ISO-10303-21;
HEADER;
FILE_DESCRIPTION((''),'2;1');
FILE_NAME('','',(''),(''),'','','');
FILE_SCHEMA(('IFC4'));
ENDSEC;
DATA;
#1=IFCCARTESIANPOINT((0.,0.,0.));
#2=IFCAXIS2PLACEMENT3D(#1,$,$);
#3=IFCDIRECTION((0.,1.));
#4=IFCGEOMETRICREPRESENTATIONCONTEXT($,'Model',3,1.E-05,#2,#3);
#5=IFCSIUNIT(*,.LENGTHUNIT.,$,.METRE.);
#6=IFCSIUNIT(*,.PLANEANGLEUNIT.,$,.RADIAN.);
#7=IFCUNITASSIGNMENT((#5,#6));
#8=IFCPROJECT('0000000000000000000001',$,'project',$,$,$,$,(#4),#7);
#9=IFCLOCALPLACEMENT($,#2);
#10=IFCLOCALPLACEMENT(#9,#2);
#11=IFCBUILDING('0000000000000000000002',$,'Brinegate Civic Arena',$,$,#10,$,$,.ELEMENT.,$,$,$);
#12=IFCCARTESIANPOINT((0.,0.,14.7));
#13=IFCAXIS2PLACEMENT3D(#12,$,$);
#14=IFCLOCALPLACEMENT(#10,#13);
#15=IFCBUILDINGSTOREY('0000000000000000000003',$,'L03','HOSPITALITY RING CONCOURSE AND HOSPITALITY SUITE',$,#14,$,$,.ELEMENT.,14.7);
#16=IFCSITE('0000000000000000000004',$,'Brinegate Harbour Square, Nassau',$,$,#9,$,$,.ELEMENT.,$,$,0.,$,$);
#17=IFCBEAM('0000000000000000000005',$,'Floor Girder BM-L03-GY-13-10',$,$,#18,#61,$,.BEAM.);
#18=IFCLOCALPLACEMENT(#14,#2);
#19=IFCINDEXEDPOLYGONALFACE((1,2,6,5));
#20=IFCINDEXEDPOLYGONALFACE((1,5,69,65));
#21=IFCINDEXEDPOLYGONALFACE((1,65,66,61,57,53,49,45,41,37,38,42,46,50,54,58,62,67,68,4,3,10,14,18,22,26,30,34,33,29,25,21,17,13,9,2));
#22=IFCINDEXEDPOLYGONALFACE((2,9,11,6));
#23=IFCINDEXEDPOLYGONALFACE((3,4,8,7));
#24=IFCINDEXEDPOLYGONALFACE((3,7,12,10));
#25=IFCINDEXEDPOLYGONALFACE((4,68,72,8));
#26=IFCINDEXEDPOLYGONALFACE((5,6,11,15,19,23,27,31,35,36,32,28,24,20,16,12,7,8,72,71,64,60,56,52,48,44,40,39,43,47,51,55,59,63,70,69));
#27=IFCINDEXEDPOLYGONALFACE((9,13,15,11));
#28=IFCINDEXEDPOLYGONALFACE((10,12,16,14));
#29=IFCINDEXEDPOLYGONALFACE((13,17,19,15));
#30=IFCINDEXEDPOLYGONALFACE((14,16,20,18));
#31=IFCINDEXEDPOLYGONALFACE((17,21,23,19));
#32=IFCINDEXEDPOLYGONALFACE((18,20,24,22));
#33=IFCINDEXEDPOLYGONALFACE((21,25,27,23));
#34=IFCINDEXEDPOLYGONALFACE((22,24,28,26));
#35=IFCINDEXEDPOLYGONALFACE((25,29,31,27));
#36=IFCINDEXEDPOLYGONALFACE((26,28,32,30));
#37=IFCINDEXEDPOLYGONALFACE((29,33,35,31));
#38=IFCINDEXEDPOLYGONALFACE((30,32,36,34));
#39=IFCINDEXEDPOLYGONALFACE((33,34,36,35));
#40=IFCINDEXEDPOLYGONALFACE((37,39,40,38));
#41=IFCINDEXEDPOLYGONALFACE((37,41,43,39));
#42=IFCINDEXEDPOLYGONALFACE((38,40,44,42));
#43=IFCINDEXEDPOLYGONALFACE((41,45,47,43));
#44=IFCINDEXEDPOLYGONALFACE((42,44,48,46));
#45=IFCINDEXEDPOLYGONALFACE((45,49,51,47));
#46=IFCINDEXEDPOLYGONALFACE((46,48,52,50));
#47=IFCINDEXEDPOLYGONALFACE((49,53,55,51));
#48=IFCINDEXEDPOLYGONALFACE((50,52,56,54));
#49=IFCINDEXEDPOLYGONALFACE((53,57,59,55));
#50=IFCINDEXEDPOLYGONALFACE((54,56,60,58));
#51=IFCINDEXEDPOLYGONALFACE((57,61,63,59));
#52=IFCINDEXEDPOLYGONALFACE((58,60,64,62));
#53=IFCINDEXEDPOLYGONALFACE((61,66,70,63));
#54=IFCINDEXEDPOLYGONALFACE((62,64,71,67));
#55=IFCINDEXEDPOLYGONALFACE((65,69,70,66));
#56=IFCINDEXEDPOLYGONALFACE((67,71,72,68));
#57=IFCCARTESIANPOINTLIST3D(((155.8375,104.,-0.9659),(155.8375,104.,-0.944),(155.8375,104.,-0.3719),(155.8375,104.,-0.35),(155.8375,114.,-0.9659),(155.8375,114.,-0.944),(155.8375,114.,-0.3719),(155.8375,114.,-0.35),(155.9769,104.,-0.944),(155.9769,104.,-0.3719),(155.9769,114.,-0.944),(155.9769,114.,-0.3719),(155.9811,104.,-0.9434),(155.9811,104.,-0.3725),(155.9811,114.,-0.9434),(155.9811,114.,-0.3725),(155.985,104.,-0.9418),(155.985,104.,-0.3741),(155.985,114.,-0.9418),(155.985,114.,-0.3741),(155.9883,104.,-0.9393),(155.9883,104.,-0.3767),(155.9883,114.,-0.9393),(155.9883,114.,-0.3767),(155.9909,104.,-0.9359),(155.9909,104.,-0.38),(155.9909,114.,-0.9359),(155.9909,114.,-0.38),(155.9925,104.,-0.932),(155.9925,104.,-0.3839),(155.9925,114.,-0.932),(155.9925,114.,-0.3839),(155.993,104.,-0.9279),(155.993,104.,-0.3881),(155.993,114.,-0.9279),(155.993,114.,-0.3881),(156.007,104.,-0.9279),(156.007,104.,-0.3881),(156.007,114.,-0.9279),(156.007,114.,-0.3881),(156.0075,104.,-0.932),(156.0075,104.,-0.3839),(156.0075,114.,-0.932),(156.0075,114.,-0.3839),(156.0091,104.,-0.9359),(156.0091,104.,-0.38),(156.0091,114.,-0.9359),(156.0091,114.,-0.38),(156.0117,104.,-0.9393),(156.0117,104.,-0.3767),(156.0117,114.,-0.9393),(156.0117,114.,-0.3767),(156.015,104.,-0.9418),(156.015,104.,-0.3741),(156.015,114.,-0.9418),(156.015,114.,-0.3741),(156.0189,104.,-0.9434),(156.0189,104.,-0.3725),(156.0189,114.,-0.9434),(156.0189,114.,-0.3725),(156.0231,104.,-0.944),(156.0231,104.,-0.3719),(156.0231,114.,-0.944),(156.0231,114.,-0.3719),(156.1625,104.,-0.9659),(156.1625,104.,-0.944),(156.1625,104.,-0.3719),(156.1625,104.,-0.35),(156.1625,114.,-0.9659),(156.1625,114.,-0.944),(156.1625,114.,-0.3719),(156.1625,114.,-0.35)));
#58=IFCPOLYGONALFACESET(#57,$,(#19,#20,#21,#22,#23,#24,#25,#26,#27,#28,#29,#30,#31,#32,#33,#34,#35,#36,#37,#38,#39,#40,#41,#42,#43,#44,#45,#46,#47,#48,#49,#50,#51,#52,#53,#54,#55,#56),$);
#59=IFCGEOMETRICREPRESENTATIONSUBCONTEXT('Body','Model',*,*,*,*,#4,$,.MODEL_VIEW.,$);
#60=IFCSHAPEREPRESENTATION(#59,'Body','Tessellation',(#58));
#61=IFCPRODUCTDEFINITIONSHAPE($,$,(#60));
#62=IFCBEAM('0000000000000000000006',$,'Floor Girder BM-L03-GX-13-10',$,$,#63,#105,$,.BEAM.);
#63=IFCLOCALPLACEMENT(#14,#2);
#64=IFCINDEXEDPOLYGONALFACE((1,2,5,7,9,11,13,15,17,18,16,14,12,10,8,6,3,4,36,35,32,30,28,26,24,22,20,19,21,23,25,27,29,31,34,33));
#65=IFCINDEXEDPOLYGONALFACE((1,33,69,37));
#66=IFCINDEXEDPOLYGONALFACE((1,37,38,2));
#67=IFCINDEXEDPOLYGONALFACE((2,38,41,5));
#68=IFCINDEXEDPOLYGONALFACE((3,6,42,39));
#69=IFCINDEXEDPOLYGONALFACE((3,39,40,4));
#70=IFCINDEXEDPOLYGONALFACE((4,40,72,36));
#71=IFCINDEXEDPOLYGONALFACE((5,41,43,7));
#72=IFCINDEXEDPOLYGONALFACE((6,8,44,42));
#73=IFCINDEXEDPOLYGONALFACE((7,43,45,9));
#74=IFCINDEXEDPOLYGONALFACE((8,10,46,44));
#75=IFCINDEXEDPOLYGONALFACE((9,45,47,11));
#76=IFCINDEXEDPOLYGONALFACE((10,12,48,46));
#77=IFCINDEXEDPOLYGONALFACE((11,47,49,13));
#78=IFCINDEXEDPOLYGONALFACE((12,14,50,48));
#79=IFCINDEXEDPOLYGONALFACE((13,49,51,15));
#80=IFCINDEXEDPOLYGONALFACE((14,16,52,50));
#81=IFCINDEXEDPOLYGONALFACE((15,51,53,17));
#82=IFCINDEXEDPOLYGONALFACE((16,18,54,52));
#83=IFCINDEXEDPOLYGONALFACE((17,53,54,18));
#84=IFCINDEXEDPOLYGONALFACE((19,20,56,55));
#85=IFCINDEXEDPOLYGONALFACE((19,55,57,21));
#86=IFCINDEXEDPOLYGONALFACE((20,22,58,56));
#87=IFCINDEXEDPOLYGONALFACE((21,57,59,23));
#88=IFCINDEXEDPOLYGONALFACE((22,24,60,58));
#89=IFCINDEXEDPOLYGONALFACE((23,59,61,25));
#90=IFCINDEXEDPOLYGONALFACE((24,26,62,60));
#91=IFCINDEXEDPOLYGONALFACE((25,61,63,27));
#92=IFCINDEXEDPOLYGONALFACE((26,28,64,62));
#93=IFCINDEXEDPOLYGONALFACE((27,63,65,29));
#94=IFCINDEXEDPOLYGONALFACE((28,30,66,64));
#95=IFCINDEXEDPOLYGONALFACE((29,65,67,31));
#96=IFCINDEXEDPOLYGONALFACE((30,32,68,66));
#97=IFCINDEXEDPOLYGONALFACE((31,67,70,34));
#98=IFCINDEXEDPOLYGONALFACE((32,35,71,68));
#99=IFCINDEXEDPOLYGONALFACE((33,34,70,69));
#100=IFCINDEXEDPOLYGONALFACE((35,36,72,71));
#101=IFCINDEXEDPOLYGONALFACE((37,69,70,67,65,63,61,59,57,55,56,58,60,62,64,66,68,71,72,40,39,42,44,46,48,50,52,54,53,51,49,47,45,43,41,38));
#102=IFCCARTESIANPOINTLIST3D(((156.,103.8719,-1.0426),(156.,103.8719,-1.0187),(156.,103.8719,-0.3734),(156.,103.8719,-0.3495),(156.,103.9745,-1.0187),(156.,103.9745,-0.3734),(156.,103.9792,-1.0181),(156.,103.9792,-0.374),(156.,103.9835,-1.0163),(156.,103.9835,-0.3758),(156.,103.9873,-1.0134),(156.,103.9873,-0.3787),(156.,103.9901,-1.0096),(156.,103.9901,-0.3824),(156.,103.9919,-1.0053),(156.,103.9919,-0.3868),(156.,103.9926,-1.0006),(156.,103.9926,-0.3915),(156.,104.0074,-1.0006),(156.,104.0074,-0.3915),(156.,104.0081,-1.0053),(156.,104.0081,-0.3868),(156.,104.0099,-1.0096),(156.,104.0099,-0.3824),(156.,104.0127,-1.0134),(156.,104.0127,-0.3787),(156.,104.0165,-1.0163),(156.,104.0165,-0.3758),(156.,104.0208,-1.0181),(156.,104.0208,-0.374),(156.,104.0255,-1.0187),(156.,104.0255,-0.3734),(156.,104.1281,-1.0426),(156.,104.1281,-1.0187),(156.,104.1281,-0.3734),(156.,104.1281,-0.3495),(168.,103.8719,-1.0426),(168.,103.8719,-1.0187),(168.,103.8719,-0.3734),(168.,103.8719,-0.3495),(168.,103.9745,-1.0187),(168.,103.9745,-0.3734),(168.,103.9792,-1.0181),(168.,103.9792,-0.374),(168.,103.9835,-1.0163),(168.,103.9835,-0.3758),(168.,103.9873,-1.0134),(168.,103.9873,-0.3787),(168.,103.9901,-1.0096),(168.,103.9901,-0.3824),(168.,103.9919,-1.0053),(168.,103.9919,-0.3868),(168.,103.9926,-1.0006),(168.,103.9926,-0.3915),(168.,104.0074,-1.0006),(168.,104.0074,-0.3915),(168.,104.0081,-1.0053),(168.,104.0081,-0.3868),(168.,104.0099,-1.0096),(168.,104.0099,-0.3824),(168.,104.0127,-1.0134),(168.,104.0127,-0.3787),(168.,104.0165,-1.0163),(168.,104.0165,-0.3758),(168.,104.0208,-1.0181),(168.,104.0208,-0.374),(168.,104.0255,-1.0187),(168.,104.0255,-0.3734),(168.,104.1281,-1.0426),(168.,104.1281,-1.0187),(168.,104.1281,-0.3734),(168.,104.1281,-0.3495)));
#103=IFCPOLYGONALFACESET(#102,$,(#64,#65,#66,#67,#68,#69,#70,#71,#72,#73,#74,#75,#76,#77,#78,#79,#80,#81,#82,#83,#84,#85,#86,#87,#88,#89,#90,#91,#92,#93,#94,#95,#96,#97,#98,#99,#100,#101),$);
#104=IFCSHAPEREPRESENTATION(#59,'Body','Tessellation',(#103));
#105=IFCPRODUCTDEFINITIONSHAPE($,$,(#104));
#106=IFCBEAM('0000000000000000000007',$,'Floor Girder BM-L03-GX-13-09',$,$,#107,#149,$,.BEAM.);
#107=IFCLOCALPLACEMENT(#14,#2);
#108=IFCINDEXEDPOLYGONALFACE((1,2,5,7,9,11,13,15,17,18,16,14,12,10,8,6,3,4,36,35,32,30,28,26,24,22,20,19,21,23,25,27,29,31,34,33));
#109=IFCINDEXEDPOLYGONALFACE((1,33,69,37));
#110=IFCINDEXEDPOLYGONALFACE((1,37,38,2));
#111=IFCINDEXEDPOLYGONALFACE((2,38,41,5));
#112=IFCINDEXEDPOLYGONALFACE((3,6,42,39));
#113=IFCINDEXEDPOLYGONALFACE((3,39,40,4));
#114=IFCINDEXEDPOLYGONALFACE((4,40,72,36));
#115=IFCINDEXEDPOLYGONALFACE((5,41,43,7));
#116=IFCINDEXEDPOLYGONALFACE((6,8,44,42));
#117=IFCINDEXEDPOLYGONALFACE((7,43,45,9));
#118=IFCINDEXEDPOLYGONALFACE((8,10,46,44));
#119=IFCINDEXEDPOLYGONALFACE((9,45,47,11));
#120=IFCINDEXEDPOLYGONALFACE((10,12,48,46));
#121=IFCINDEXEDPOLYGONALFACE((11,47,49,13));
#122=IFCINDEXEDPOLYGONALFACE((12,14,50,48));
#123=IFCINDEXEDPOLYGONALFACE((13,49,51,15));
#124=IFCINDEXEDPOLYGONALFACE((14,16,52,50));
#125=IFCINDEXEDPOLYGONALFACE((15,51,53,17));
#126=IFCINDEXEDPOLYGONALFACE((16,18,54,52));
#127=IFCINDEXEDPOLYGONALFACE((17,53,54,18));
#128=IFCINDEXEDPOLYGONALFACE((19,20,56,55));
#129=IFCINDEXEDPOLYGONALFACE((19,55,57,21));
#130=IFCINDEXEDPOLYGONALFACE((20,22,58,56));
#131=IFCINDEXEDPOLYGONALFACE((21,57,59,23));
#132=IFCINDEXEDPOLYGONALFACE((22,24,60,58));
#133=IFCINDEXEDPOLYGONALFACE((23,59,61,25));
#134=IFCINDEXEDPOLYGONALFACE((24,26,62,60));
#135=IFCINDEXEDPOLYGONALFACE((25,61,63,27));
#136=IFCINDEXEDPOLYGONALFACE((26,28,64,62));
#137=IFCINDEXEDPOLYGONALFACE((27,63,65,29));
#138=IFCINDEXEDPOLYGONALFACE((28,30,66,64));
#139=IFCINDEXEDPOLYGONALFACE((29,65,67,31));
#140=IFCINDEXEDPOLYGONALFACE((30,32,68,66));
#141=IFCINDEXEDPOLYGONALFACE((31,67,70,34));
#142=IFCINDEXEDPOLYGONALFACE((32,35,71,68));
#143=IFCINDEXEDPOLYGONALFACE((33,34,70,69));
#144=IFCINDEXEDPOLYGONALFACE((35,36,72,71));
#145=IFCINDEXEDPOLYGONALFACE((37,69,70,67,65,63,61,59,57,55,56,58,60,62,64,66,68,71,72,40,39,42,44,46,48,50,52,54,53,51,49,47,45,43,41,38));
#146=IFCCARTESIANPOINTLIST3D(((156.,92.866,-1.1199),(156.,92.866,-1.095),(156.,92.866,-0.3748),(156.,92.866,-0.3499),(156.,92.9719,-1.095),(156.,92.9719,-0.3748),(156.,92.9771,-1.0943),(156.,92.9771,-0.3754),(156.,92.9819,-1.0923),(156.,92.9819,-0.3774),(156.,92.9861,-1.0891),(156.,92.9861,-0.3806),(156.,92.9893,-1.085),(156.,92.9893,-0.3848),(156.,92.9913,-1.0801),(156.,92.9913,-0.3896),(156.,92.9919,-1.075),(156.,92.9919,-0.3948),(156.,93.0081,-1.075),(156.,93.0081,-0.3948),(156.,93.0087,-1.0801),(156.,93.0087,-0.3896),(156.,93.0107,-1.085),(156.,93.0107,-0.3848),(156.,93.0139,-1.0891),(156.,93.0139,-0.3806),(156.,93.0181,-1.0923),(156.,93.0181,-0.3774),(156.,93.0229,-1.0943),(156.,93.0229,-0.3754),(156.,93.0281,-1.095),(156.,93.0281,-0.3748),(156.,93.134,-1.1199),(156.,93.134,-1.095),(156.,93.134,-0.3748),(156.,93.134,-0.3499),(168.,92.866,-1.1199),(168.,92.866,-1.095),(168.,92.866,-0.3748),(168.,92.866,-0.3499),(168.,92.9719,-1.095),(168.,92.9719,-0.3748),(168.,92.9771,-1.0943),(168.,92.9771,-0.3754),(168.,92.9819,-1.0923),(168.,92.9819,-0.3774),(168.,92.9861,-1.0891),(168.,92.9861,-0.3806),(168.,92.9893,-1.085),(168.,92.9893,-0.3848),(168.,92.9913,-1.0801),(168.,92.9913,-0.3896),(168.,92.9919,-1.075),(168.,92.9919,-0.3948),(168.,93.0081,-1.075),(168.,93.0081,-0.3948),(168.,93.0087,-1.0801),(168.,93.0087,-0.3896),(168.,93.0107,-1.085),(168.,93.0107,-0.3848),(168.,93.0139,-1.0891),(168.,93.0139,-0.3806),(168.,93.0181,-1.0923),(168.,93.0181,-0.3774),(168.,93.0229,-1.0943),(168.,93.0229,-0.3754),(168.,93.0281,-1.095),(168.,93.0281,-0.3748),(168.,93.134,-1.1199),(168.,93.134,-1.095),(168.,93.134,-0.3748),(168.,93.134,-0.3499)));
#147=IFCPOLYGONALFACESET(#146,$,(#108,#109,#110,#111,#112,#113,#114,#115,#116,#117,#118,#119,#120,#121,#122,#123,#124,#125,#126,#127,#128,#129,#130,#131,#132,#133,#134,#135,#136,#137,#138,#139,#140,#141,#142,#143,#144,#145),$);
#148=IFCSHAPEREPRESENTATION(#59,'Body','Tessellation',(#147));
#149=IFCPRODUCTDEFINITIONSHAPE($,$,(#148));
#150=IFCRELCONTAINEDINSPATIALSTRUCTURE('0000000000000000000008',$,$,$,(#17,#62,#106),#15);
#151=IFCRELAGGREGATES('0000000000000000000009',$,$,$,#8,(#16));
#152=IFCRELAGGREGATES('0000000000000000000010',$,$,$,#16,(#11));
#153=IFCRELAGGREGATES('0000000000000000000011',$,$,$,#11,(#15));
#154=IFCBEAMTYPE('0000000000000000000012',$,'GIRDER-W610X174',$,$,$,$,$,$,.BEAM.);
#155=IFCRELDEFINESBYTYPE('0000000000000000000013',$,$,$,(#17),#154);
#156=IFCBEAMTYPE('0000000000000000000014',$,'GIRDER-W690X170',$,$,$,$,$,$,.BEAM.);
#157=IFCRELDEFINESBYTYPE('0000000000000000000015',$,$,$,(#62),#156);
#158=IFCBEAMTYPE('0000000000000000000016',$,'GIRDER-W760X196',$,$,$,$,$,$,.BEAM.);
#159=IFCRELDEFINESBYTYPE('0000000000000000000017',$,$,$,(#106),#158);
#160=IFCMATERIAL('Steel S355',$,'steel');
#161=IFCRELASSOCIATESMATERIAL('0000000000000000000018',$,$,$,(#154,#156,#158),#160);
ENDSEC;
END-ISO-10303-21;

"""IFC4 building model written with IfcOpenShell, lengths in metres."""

from ifc_helpers import new_model, si_unit, direction, frame, origin, origin_2d, place, context, subcontext, project, spatial, i_section, extrude, material, material_profile, profile_set, type_object, element, save


model = new_model("IFC4")

# Units and contexts
model_context = context("Model", 3, precision=1e-05, world=origin(), true_north=direction((0.0, 1.0)))
body_context = subcontext(model_context, "Body", "Model", "MODEL_VIEW")
ifc_project = project(units=[si_unit("LENGTHUNIT", "METRE"), si_unit("PLANEANGLEUNIT", "RADIAN")], contexts=[model_context])

# Site, building, storey
site_placement = place(None, origin())
site = spatial("IfcSite", under=ifc_project, at=site_placement, Name="Brinegate Harbour Square, Nassau", CompositionType="ELEMENT", RefElevation=0.0)
building_placement = place(site_placement, origin())
building = spatial("IfcBuilding", under=site, at=building_placement, Name="Brinegate Civic Arena", CompositionType="ELEMENT")
storey_placement = place(building_placement, frame((0.0, 0.0, 14.7)))
storey = spatial("IfcBuildingStorey", under=building, at=storey_placement, Name="L03", Description="HOSPITALITY RING CONCOURSE AND HOSPITALITY SUITE", CompositionType="ELEMENT", Elevation=14.7)

# Beams
ifc_material_1 = material(Name="Steel S355", Category="steel")
ifc_material_profile_1 = material_profile(ifc_material_1, i_section(OverallWidth=0.325, OverallDepth=0.616, WebThickness=0.0139, FlangeThickness=0.022, FilletRadius=0.0161, at=origin_2d()), Name="W610X174")
ifc_profile_set_1 = profile_set([ifc_material_profile_1], Name="Steel S355")
beam_type_1 = type_object("IfcBeamType", Name="GIRDER-W610X174", PredefinedType="BEAM", material=ifc_profile_set_1)
beam_1_placement = place(storey_placement, frame((156.0, 104.0, -0.658), z_axis=(0.0, 1.0, 0.0), x_axis=(-1.0, 0.0, 0.0)))
element("IfcBeam", 1, at=beam_1_placement, inside=storey, type_object=beam_type_1, Name="Floor Girder BM-L03-GY-13-10", PredefinedType="BEAM", context=body_context, shape_type="SweptSolid", body=[
    extrude(i_section(OverallWidth=0.325, OverallDepth=0.616, WebThickness=0.0139, FlangeThickness=0.022, FilletRadius=0.0161, at=origin_2d()), origin(), (0.0, 0.0, 1.0), 10.0),
])
ifc_material_profile_2 = material_profile(ifc_material_1, i_section(OverallWidth=0.2561, OverallDepth=0.6931, WebThickness=0.0149, FlangeThickness=0.0239, FilletRadius=0.0181, at=origin_2d()), Name="W690X170")
ifc_profile_set_2 = profile_set([ifc_material_profile_2], Name="Steel S355")
beam_type_2 = type_object("IfcBeamType", Name="GIRDER-W690X170", PredefinedType="BEAM", material=ifc_profile_set_2)
beam_2_placement = place(storey_placement, frame((156.0, 104.0, -0.696), z_axis=(1.0, 0.0, 0.0), x_axis=(0.0, 1.0, 0.0)))
element("IfcBeam", 2, at=beam_2_placement, inside=storey, type_object=beam_type_2, Name="Floor Girder BM-L03-GX-13-10", PredefinedType="BEAM", context=body_context, shape_type="SweptSolid", body=[
    extrude(i_section(OverallWidth=0.2561, OverallDepth=0.6931, WebThickness=0.0149, FlangeThickness=0.0239, FilletRadius=0.0181, at=origin_2d()), origin(), (0.0, 0.0, 1.0), 12.0),
])
ifc_material_profile_3 = material_profile(ifc_material_1, i_section(OverallWidth=0.2681, OverallDepth=0.77, WebThickness=0.0161, FlangeThickness=0.0249, FilletRadius=0.02, at=origin_2d()), Name="W760X196")
ifc_profile_set_3 = profile_set([ifc_material_profile_3], Name="Steel S355")
beam_type_3 = type_object("IfcBeamType", Name="GIRDER-W760X196", PredefinedType="BEAM", material=ifc_profile_set_3)
beam_3_placement = place(storey_placement, frame((156.0, 93.0, -0.7349), z_axis=(1.0, 0.0, 0.0), x_axis=(0.0, 1.0, 0.0)))
element("IfcBeam", 3, at=beam_3_placement, inside=storey, type_object=beam_type_3, Name="Floor Girder BM-L03-GX-13-09", PredefinedType="BEAM", context=body_context, shape_type="SweptSolid", body=[
    extrude(i_section(OverallWidth=0.2681, OverallDepth=0.77, WebThickness=0.0161, FlangeThickness=0.0249, FilletRadius=0.02, at=origin_2d()), origin(), (0.0, 0.0, 1.0), 12.0),
])

save(model, "model.ifc")
